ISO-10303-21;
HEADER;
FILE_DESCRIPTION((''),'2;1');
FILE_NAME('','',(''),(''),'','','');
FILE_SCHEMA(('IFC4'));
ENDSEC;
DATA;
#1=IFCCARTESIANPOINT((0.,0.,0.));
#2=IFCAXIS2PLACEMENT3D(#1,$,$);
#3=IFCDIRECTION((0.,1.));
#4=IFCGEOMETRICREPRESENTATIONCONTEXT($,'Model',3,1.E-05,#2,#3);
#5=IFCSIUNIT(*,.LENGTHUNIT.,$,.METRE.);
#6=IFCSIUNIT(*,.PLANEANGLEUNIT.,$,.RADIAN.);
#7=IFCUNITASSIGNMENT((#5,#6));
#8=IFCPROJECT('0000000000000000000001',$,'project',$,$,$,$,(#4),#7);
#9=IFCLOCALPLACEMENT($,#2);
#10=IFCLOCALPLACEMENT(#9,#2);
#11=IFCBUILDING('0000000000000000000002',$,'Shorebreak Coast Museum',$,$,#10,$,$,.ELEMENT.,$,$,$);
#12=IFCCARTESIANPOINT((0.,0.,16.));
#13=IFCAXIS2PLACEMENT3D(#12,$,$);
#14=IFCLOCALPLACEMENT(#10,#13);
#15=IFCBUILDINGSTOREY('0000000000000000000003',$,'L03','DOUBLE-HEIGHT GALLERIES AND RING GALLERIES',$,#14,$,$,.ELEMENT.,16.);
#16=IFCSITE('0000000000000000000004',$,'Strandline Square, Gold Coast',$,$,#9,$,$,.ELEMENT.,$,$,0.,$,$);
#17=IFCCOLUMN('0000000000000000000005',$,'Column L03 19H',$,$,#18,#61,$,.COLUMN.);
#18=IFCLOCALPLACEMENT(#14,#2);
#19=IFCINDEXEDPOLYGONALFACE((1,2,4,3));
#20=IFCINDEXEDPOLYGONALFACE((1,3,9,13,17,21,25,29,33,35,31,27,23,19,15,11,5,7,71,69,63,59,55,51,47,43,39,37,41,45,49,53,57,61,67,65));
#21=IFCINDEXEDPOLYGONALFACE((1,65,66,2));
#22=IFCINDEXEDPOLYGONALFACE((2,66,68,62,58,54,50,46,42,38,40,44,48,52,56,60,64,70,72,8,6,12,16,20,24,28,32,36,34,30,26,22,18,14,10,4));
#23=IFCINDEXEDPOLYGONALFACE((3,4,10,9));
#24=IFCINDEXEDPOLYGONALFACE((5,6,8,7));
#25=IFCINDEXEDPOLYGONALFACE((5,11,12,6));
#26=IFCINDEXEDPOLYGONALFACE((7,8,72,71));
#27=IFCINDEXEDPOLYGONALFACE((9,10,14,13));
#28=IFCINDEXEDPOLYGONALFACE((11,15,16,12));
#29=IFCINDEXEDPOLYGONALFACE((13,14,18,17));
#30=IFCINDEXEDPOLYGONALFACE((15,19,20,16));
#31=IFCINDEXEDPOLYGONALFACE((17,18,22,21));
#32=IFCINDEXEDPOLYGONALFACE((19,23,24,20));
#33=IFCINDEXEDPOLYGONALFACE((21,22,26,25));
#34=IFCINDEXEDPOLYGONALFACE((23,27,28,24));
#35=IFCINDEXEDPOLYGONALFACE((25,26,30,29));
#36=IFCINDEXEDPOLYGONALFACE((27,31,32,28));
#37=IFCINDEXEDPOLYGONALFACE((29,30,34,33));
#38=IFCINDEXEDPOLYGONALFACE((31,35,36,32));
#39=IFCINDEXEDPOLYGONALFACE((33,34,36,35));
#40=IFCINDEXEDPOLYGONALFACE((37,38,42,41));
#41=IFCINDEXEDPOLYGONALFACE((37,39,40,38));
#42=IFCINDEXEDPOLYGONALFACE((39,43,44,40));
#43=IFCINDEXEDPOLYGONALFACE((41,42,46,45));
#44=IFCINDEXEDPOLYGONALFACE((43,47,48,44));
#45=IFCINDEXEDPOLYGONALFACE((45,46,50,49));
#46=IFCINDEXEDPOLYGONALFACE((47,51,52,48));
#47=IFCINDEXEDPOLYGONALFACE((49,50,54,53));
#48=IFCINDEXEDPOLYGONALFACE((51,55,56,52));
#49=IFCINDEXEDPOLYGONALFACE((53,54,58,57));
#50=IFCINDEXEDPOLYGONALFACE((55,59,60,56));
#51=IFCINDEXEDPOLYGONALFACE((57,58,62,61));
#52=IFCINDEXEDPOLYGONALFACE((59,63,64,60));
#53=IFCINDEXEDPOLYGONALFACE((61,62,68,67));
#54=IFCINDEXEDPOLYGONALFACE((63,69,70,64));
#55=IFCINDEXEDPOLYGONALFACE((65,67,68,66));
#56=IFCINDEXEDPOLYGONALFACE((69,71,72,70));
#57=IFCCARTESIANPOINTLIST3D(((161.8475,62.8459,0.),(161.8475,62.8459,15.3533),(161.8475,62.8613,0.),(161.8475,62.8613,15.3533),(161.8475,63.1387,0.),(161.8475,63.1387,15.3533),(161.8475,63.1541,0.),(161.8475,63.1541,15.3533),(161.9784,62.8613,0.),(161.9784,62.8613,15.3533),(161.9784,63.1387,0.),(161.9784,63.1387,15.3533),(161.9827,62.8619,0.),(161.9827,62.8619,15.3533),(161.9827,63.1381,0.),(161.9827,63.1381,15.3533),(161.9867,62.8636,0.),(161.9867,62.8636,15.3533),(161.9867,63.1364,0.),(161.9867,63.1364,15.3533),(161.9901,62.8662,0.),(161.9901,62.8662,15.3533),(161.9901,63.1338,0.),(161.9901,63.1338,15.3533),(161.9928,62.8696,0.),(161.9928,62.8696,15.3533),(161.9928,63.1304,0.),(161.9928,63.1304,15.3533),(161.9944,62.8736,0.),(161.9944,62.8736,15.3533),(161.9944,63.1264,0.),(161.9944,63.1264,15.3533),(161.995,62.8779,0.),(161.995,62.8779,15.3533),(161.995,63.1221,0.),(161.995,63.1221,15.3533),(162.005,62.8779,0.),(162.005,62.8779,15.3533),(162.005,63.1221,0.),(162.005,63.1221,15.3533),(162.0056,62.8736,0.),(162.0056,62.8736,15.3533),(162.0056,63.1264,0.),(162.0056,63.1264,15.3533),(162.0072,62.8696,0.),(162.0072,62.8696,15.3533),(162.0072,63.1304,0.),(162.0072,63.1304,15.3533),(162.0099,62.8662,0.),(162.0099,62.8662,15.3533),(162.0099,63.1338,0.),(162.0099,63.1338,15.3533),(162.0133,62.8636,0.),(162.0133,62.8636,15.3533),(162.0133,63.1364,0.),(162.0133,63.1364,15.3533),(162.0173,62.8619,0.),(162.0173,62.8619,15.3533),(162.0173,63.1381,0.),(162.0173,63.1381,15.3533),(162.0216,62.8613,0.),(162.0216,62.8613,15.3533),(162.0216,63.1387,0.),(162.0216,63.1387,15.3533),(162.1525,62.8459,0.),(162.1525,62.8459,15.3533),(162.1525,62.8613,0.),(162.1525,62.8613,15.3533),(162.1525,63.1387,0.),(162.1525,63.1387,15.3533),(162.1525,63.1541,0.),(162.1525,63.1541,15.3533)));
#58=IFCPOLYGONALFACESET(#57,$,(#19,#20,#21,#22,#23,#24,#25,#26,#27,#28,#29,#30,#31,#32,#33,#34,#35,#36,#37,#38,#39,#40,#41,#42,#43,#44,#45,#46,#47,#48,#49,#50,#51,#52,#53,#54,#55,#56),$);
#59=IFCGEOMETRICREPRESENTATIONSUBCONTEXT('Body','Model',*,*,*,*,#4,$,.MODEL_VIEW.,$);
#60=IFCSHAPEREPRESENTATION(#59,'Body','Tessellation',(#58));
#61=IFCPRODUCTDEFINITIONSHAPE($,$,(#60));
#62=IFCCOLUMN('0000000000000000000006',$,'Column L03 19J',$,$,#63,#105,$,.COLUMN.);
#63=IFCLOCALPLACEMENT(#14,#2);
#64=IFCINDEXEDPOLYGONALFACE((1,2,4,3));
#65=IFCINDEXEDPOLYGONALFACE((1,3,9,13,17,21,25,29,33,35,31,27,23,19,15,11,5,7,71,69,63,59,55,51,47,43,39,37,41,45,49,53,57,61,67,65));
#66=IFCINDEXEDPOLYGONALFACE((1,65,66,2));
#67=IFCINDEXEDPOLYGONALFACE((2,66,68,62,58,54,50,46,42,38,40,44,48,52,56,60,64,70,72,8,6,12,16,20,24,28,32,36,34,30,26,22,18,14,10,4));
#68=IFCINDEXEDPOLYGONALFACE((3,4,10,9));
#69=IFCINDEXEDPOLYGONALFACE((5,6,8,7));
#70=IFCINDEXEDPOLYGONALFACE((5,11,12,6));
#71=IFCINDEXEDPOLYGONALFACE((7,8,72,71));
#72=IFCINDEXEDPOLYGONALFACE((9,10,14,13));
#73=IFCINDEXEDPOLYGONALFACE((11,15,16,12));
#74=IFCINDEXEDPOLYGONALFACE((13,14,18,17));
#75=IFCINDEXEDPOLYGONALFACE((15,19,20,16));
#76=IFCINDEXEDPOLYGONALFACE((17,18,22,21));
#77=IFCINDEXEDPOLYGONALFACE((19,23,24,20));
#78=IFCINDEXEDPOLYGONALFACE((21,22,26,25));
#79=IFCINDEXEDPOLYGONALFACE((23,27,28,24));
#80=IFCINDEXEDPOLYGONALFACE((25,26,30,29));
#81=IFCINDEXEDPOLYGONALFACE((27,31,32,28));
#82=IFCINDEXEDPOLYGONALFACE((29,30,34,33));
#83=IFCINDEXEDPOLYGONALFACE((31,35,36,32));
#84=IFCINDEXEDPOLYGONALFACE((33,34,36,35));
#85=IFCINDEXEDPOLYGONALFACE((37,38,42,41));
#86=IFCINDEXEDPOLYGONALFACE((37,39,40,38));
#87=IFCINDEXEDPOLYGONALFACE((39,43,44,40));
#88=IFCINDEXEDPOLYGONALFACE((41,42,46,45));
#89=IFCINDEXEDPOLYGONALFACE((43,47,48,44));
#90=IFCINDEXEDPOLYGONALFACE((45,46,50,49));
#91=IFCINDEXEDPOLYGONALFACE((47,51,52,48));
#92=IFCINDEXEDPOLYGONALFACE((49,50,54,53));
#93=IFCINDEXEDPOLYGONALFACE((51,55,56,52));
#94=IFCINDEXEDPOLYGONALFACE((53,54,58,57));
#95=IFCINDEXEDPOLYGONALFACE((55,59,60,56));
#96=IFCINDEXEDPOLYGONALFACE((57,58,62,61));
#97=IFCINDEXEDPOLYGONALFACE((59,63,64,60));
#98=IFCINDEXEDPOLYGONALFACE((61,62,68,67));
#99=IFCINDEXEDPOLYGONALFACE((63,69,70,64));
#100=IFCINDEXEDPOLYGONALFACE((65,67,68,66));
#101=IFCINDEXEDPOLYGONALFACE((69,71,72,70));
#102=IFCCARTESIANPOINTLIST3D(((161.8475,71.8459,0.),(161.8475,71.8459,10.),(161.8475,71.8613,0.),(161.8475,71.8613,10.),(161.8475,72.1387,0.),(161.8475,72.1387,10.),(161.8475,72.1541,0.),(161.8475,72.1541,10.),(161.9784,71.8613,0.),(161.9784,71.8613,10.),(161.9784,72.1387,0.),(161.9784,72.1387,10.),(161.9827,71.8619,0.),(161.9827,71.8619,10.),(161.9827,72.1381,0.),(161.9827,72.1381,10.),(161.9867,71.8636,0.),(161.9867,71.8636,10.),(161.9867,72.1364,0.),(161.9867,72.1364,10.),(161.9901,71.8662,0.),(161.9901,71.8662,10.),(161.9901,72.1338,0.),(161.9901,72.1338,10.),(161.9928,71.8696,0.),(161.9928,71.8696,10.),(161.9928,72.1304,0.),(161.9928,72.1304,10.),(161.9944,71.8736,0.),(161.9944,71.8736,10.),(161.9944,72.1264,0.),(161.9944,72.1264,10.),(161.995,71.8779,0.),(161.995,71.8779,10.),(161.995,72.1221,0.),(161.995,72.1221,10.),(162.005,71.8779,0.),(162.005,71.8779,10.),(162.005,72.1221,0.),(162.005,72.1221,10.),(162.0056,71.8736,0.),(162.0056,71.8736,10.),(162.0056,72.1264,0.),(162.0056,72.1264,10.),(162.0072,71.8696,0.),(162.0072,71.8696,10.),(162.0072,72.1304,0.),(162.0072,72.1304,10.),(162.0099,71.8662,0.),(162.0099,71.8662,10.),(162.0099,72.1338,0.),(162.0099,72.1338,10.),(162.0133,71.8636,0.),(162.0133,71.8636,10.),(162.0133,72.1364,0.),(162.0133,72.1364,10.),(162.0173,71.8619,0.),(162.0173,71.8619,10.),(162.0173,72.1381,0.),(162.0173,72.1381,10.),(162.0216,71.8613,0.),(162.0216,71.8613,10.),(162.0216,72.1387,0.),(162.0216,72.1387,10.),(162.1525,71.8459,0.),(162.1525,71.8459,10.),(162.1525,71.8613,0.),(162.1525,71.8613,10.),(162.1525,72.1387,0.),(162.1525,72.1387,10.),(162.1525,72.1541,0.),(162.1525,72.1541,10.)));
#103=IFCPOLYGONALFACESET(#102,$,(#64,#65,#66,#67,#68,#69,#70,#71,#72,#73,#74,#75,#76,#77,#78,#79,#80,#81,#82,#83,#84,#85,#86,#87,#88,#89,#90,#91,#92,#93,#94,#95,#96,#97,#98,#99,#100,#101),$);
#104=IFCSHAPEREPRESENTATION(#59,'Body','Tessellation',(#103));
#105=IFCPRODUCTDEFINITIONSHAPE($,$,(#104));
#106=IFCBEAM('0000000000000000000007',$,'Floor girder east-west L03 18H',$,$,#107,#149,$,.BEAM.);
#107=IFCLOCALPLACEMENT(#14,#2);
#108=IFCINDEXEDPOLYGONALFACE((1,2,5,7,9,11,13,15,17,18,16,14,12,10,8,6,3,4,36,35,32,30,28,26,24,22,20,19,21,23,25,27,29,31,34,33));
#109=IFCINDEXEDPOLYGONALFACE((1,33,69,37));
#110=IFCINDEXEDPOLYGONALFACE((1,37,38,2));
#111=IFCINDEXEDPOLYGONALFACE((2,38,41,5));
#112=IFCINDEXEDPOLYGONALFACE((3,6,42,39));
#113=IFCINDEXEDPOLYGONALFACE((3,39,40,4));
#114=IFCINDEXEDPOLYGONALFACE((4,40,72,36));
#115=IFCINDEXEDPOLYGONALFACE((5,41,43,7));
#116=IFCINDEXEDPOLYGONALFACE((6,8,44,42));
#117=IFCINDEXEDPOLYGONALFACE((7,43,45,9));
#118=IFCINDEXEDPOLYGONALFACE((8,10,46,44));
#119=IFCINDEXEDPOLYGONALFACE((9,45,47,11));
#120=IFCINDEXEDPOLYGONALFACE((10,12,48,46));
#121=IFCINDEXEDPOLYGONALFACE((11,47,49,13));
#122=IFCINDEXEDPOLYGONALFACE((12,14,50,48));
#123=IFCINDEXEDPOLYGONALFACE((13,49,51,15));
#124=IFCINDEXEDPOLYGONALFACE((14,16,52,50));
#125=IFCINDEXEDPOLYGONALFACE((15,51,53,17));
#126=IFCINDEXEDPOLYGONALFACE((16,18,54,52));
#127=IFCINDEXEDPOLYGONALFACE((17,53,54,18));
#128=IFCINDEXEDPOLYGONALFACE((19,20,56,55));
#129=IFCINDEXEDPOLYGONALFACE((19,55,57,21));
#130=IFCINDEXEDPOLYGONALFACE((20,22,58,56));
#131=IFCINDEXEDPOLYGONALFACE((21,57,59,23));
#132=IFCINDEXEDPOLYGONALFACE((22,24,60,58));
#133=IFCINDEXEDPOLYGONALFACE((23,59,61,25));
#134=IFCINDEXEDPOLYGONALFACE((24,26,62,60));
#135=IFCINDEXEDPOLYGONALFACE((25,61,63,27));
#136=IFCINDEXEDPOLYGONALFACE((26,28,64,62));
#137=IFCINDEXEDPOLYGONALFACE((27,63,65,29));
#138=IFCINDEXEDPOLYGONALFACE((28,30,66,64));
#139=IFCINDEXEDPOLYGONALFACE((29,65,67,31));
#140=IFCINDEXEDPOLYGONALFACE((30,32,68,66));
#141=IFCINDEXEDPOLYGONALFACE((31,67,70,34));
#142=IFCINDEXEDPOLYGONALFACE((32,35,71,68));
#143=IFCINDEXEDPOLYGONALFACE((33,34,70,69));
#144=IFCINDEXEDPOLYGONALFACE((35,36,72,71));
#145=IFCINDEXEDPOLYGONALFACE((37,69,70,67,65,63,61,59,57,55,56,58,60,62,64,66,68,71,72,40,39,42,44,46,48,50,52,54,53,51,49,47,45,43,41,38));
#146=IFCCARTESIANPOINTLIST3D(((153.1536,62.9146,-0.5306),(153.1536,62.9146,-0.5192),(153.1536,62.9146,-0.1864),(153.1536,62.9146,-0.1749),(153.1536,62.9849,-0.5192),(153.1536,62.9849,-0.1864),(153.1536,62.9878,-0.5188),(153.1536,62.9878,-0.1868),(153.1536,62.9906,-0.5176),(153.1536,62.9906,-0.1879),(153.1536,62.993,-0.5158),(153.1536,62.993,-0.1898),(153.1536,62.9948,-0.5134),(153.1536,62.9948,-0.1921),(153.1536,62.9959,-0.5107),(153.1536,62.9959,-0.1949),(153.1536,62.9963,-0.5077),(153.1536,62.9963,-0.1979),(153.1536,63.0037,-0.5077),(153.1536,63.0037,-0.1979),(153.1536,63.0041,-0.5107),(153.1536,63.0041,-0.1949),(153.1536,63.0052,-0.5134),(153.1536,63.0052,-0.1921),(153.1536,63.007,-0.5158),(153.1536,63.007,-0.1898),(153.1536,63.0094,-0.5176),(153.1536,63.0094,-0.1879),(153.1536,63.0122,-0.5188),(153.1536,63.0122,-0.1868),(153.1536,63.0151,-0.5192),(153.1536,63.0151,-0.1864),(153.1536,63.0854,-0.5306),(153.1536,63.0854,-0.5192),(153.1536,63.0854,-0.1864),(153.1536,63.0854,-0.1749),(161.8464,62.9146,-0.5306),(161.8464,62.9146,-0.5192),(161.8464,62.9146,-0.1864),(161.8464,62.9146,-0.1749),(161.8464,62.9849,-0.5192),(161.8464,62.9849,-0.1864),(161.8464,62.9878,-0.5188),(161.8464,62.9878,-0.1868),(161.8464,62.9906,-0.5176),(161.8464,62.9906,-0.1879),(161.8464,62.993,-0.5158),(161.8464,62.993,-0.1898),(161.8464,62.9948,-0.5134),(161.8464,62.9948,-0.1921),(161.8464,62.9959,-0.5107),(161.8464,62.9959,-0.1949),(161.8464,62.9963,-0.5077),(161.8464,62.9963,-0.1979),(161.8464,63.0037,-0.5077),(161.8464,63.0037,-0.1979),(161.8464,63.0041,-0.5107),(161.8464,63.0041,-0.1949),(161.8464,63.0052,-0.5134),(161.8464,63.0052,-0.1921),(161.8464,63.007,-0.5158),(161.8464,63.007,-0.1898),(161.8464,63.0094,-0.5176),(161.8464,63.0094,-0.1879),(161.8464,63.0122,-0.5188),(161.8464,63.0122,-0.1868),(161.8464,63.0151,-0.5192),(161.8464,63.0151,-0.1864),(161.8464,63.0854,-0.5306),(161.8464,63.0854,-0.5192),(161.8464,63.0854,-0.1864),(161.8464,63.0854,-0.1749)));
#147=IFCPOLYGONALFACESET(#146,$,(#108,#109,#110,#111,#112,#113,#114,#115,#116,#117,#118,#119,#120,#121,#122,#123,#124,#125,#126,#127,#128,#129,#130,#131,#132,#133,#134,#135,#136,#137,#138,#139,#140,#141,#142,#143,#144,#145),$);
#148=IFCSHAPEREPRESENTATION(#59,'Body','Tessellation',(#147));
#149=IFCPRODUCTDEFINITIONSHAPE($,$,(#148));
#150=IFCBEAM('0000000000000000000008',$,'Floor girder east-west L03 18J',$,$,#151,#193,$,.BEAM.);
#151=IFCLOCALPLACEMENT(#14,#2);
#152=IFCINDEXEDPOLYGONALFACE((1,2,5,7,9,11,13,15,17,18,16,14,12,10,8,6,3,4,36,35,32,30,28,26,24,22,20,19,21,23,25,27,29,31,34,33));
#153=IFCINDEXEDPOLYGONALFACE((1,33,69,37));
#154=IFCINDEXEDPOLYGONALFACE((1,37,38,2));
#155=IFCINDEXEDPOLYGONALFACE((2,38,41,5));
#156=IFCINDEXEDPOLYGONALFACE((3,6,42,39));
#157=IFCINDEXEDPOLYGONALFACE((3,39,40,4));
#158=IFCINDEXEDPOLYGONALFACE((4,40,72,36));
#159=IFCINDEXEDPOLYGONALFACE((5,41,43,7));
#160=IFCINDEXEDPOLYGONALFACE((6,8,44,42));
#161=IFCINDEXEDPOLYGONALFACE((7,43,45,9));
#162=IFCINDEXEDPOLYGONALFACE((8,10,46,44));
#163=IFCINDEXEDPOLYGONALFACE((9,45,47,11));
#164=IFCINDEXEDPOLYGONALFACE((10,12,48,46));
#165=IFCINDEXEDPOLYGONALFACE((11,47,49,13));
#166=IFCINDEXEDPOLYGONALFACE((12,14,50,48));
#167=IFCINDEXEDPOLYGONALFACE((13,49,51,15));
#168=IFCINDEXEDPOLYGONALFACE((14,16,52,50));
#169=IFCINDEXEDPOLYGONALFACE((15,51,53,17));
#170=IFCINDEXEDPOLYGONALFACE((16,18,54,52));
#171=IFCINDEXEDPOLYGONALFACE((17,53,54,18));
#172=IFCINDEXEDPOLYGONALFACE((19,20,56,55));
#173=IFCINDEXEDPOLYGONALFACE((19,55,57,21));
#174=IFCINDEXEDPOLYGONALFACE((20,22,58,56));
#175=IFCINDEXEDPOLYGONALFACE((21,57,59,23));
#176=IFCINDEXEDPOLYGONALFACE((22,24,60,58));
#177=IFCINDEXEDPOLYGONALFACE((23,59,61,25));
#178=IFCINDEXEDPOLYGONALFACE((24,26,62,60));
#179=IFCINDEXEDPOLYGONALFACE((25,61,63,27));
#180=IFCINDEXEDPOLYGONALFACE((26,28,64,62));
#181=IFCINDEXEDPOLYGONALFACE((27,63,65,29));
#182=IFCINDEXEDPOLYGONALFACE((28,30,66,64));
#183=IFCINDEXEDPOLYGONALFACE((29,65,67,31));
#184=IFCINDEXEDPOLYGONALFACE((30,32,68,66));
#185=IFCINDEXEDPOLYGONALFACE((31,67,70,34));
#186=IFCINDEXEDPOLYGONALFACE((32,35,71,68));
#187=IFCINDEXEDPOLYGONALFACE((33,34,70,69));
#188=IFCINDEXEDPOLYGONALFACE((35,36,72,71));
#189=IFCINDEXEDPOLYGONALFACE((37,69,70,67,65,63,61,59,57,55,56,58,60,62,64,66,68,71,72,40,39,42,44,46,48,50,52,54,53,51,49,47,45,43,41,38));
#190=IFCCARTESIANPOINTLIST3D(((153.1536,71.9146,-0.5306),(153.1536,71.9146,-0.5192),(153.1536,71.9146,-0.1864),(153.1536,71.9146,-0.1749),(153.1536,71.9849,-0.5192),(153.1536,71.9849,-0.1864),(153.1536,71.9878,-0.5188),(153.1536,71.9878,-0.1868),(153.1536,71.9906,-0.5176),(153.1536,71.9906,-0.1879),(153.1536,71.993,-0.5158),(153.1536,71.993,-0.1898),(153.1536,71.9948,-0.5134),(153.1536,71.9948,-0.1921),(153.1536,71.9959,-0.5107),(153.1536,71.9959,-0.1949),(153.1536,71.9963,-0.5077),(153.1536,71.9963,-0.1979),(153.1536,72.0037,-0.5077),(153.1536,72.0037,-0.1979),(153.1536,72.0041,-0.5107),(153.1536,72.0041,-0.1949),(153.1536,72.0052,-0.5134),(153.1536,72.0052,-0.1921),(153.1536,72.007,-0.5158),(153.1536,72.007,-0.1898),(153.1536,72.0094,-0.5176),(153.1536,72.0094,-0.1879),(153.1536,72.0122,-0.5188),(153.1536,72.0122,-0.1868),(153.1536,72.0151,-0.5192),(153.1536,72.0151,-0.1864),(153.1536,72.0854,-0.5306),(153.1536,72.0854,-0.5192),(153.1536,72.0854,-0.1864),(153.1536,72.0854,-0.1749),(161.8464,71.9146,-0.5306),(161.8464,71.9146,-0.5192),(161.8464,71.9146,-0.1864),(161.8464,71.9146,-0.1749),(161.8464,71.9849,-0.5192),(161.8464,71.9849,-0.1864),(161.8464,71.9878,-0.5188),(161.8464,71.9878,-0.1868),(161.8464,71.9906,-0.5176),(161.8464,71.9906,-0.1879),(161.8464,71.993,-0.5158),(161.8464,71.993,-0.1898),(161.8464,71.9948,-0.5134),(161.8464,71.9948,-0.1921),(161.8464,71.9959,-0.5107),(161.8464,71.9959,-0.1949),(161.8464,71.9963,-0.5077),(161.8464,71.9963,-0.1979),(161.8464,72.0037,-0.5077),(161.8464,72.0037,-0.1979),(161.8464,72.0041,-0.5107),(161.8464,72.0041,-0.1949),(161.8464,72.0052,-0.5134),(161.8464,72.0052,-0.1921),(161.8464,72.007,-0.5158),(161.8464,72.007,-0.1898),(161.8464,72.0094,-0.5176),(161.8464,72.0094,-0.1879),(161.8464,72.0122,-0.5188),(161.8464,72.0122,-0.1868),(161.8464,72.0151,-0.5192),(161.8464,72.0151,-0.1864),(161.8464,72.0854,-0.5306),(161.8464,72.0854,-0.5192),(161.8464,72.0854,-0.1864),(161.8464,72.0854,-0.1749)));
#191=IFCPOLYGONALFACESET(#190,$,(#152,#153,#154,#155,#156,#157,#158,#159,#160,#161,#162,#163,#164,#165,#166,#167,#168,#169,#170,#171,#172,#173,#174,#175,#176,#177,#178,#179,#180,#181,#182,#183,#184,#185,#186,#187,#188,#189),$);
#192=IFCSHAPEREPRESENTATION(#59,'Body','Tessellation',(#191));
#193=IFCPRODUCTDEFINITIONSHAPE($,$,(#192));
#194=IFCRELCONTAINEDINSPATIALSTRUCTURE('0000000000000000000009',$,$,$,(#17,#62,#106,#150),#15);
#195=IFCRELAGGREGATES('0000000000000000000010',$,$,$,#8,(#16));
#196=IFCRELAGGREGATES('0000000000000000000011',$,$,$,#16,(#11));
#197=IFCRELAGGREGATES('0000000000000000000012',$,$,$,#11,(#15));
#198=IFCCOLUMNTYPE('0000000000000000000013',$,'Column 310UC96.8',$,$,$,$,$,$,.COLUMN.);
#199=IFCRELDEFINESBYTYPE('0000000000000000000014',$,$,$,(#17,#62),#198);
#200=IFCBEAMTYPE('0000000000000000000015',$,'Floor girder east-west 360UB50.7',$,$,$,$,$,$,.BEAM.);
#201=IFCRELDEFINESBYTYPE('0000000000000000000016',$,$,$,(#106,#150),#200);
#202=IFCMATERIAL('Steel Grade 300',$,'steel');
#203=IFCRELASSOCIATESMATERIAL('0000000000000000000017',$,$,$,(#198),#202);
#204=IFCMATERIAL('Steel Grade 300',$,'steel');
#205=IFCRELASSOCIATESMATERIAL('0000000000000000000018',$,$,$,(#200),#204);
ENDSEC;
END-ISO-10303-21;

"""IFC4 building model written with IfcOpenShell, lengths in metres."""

from ifc_helpers import new_model, si_unit, direction, frame, origin, origin_2d, place, context, subcontext, project, spatial, i_section, extrude, material, material_profile, profile_set, type_object, element, save


model = new_model("IFC4")

# Units and contexts
model_context = context("Model", 3, precision=1e-05, world=origin(), true_north=direction((0.0, 1.0)))
body_context = subcontext(model_context, "Body", "Model", "MODEL_VIEW")
ifc_project = project(units=[si_unit("LENGTHUNIT", "METRE"), si_unit("PLANEANGLEUNIT", "RADIAN")], contexts=[model_context])

# Site, building, storey
site_placement = place(None, origin())
site = spatial("IfcSite", under=ifc_project, at=site_placement, Name="Strandline Square, Gold Coast", CompositionType="ELEMENT", RefElevation=0.0)
building_placement = place(site_placement, origin())
building = spatial("IfcBuilding", under=site, at=building_placement, Name="Shorebreak Coast Museum", CompositionType="ELEMENT")
storey_placement = place(building_placement, frame((0.0, 0.0, 16.0)))
storey = spatial("IfcBuildingStorey", under=building, at=storey_placement, Name="L03", Description="DOUBLE-HEIGHT GALLERIES AND RING GALLERIES", CompositionType="ELEMENT", Elevation=16.0)

# Columns
ifc_material_1 = material(Name="Steel Grade 300", Category="steel")
ifc_material_profile_1 = material_profile(ifc_material_1, i_section(OverallWidth=0.3049, OverallDepth=0.3081, WebThickness=0.01, FlangeThickness=0.0154, FilletRadius=0.0166, at=origin_2d()), Name="310UC96.8")
ifc_profile_set_1 = profile_set([ifc_material_profile_1], Name="Steel Grade 300")
column_type = type_object("IfcColumnType", Name="Column 310UC96.8", PredefinedType="COLUMN", material=ifc_profile_set_1)
column_1_placement = place(storey_placement, frame((162.0, 63.0, 0.0), z_axis=(0.0, 0.0, 1.0), x_axis=(1.0, 0.0, 0.0)))
element("IfcColumn", 1, at=column_1_placement, inside=storey, type_object=column_type, Name="Column L03 19H", PredefinedType="COLUMN", context=body_context, shape_type="SweptSolid", body=[
    extrude(i_section(OverallWidth=0.3049, OverallDepth=0.3081, WebThickness=0.01, FlangeThickness=0.0154, FilletRadius=0.0166, at=origin_2d()), origin(), (0.0, 0.0, 1.0), 15.3533),
])
column_2_placement = place(storey_placement, frame((162.0, 72.0, 0.0), z_axis=(0.0, 0.0, 1.0), x_axis=(1.0, 0.0, 0.0)))
element("IfcColumn", 2, at=column_2_placement, inside=storey, type_object=column_type, Name="Column L03 19J", PredefinedType="COLUMN", context=body_context, shape_type="SweptSolid", body=[
    extrude(i_section(OverallWidth=0.3049, OverallDepth=0.3081, WebThickness=0.01, FlangeThickness=0.0154, FilletRadius=0.0166, at=origin_2d()), origin(), (0.0, 0.0, 1.0), 10.0),
])

# Beams
ifc_material_2 = material(Name="Steel Grade 300", Category="steel")
ifc_material_profile_2 = material_profile(ifc_material_2, i_section(OverallWidth=0.1709, OverallDepth=0.3557, WebThickness=0.0073, FlangeThickness=0.0115, FilletRadius=0.0115, at=origin_2d()), Name="360UB50.7")
ifc_profile_set_2 = profile_set([ifc_material_profile_2], Name="Steel Grade 300")
beam_type_1 = type_object("IfcBeamType", Name="Floor girder east-west 360UB50.7", PredefinedType="BEAM", material=ifc_profile_set_2)
for number, where, z_axis, x_axis, name in (
    (3, (153.1536, 63.0, -0.3528), (1.0, 0.0, 0.0), (0.0, 1.0, 0.0), "Floor girder east-west L03 18H"),
    (4, (153.1536, 72.0, -0.3528), (1.0, 0.0, 0.0), (0.0, 1.0, 0.0), "Floor girder east-west L03 18J"),
):
    element("IfcBeam", number, at=place(storey_placement, frame(where, z_axis=z_axis, x_axis=x_axis)), inside=storey, type_object=beam_type_1, Name=name, PredefinedType="BEAM", context=body_context, shape_type="SweptSolid", body=[
        extrude(i_section(OverallWidth=0.1709, OverallDepth=0.3557, WebThickness=0.0073, FlangeThickness=0.0115, FilletRadius=0.0115, at=origin_2d()), origin(), (0.0, 0.0, 1.0), 8.6929),
    ])

save(model, "model.ifc")
